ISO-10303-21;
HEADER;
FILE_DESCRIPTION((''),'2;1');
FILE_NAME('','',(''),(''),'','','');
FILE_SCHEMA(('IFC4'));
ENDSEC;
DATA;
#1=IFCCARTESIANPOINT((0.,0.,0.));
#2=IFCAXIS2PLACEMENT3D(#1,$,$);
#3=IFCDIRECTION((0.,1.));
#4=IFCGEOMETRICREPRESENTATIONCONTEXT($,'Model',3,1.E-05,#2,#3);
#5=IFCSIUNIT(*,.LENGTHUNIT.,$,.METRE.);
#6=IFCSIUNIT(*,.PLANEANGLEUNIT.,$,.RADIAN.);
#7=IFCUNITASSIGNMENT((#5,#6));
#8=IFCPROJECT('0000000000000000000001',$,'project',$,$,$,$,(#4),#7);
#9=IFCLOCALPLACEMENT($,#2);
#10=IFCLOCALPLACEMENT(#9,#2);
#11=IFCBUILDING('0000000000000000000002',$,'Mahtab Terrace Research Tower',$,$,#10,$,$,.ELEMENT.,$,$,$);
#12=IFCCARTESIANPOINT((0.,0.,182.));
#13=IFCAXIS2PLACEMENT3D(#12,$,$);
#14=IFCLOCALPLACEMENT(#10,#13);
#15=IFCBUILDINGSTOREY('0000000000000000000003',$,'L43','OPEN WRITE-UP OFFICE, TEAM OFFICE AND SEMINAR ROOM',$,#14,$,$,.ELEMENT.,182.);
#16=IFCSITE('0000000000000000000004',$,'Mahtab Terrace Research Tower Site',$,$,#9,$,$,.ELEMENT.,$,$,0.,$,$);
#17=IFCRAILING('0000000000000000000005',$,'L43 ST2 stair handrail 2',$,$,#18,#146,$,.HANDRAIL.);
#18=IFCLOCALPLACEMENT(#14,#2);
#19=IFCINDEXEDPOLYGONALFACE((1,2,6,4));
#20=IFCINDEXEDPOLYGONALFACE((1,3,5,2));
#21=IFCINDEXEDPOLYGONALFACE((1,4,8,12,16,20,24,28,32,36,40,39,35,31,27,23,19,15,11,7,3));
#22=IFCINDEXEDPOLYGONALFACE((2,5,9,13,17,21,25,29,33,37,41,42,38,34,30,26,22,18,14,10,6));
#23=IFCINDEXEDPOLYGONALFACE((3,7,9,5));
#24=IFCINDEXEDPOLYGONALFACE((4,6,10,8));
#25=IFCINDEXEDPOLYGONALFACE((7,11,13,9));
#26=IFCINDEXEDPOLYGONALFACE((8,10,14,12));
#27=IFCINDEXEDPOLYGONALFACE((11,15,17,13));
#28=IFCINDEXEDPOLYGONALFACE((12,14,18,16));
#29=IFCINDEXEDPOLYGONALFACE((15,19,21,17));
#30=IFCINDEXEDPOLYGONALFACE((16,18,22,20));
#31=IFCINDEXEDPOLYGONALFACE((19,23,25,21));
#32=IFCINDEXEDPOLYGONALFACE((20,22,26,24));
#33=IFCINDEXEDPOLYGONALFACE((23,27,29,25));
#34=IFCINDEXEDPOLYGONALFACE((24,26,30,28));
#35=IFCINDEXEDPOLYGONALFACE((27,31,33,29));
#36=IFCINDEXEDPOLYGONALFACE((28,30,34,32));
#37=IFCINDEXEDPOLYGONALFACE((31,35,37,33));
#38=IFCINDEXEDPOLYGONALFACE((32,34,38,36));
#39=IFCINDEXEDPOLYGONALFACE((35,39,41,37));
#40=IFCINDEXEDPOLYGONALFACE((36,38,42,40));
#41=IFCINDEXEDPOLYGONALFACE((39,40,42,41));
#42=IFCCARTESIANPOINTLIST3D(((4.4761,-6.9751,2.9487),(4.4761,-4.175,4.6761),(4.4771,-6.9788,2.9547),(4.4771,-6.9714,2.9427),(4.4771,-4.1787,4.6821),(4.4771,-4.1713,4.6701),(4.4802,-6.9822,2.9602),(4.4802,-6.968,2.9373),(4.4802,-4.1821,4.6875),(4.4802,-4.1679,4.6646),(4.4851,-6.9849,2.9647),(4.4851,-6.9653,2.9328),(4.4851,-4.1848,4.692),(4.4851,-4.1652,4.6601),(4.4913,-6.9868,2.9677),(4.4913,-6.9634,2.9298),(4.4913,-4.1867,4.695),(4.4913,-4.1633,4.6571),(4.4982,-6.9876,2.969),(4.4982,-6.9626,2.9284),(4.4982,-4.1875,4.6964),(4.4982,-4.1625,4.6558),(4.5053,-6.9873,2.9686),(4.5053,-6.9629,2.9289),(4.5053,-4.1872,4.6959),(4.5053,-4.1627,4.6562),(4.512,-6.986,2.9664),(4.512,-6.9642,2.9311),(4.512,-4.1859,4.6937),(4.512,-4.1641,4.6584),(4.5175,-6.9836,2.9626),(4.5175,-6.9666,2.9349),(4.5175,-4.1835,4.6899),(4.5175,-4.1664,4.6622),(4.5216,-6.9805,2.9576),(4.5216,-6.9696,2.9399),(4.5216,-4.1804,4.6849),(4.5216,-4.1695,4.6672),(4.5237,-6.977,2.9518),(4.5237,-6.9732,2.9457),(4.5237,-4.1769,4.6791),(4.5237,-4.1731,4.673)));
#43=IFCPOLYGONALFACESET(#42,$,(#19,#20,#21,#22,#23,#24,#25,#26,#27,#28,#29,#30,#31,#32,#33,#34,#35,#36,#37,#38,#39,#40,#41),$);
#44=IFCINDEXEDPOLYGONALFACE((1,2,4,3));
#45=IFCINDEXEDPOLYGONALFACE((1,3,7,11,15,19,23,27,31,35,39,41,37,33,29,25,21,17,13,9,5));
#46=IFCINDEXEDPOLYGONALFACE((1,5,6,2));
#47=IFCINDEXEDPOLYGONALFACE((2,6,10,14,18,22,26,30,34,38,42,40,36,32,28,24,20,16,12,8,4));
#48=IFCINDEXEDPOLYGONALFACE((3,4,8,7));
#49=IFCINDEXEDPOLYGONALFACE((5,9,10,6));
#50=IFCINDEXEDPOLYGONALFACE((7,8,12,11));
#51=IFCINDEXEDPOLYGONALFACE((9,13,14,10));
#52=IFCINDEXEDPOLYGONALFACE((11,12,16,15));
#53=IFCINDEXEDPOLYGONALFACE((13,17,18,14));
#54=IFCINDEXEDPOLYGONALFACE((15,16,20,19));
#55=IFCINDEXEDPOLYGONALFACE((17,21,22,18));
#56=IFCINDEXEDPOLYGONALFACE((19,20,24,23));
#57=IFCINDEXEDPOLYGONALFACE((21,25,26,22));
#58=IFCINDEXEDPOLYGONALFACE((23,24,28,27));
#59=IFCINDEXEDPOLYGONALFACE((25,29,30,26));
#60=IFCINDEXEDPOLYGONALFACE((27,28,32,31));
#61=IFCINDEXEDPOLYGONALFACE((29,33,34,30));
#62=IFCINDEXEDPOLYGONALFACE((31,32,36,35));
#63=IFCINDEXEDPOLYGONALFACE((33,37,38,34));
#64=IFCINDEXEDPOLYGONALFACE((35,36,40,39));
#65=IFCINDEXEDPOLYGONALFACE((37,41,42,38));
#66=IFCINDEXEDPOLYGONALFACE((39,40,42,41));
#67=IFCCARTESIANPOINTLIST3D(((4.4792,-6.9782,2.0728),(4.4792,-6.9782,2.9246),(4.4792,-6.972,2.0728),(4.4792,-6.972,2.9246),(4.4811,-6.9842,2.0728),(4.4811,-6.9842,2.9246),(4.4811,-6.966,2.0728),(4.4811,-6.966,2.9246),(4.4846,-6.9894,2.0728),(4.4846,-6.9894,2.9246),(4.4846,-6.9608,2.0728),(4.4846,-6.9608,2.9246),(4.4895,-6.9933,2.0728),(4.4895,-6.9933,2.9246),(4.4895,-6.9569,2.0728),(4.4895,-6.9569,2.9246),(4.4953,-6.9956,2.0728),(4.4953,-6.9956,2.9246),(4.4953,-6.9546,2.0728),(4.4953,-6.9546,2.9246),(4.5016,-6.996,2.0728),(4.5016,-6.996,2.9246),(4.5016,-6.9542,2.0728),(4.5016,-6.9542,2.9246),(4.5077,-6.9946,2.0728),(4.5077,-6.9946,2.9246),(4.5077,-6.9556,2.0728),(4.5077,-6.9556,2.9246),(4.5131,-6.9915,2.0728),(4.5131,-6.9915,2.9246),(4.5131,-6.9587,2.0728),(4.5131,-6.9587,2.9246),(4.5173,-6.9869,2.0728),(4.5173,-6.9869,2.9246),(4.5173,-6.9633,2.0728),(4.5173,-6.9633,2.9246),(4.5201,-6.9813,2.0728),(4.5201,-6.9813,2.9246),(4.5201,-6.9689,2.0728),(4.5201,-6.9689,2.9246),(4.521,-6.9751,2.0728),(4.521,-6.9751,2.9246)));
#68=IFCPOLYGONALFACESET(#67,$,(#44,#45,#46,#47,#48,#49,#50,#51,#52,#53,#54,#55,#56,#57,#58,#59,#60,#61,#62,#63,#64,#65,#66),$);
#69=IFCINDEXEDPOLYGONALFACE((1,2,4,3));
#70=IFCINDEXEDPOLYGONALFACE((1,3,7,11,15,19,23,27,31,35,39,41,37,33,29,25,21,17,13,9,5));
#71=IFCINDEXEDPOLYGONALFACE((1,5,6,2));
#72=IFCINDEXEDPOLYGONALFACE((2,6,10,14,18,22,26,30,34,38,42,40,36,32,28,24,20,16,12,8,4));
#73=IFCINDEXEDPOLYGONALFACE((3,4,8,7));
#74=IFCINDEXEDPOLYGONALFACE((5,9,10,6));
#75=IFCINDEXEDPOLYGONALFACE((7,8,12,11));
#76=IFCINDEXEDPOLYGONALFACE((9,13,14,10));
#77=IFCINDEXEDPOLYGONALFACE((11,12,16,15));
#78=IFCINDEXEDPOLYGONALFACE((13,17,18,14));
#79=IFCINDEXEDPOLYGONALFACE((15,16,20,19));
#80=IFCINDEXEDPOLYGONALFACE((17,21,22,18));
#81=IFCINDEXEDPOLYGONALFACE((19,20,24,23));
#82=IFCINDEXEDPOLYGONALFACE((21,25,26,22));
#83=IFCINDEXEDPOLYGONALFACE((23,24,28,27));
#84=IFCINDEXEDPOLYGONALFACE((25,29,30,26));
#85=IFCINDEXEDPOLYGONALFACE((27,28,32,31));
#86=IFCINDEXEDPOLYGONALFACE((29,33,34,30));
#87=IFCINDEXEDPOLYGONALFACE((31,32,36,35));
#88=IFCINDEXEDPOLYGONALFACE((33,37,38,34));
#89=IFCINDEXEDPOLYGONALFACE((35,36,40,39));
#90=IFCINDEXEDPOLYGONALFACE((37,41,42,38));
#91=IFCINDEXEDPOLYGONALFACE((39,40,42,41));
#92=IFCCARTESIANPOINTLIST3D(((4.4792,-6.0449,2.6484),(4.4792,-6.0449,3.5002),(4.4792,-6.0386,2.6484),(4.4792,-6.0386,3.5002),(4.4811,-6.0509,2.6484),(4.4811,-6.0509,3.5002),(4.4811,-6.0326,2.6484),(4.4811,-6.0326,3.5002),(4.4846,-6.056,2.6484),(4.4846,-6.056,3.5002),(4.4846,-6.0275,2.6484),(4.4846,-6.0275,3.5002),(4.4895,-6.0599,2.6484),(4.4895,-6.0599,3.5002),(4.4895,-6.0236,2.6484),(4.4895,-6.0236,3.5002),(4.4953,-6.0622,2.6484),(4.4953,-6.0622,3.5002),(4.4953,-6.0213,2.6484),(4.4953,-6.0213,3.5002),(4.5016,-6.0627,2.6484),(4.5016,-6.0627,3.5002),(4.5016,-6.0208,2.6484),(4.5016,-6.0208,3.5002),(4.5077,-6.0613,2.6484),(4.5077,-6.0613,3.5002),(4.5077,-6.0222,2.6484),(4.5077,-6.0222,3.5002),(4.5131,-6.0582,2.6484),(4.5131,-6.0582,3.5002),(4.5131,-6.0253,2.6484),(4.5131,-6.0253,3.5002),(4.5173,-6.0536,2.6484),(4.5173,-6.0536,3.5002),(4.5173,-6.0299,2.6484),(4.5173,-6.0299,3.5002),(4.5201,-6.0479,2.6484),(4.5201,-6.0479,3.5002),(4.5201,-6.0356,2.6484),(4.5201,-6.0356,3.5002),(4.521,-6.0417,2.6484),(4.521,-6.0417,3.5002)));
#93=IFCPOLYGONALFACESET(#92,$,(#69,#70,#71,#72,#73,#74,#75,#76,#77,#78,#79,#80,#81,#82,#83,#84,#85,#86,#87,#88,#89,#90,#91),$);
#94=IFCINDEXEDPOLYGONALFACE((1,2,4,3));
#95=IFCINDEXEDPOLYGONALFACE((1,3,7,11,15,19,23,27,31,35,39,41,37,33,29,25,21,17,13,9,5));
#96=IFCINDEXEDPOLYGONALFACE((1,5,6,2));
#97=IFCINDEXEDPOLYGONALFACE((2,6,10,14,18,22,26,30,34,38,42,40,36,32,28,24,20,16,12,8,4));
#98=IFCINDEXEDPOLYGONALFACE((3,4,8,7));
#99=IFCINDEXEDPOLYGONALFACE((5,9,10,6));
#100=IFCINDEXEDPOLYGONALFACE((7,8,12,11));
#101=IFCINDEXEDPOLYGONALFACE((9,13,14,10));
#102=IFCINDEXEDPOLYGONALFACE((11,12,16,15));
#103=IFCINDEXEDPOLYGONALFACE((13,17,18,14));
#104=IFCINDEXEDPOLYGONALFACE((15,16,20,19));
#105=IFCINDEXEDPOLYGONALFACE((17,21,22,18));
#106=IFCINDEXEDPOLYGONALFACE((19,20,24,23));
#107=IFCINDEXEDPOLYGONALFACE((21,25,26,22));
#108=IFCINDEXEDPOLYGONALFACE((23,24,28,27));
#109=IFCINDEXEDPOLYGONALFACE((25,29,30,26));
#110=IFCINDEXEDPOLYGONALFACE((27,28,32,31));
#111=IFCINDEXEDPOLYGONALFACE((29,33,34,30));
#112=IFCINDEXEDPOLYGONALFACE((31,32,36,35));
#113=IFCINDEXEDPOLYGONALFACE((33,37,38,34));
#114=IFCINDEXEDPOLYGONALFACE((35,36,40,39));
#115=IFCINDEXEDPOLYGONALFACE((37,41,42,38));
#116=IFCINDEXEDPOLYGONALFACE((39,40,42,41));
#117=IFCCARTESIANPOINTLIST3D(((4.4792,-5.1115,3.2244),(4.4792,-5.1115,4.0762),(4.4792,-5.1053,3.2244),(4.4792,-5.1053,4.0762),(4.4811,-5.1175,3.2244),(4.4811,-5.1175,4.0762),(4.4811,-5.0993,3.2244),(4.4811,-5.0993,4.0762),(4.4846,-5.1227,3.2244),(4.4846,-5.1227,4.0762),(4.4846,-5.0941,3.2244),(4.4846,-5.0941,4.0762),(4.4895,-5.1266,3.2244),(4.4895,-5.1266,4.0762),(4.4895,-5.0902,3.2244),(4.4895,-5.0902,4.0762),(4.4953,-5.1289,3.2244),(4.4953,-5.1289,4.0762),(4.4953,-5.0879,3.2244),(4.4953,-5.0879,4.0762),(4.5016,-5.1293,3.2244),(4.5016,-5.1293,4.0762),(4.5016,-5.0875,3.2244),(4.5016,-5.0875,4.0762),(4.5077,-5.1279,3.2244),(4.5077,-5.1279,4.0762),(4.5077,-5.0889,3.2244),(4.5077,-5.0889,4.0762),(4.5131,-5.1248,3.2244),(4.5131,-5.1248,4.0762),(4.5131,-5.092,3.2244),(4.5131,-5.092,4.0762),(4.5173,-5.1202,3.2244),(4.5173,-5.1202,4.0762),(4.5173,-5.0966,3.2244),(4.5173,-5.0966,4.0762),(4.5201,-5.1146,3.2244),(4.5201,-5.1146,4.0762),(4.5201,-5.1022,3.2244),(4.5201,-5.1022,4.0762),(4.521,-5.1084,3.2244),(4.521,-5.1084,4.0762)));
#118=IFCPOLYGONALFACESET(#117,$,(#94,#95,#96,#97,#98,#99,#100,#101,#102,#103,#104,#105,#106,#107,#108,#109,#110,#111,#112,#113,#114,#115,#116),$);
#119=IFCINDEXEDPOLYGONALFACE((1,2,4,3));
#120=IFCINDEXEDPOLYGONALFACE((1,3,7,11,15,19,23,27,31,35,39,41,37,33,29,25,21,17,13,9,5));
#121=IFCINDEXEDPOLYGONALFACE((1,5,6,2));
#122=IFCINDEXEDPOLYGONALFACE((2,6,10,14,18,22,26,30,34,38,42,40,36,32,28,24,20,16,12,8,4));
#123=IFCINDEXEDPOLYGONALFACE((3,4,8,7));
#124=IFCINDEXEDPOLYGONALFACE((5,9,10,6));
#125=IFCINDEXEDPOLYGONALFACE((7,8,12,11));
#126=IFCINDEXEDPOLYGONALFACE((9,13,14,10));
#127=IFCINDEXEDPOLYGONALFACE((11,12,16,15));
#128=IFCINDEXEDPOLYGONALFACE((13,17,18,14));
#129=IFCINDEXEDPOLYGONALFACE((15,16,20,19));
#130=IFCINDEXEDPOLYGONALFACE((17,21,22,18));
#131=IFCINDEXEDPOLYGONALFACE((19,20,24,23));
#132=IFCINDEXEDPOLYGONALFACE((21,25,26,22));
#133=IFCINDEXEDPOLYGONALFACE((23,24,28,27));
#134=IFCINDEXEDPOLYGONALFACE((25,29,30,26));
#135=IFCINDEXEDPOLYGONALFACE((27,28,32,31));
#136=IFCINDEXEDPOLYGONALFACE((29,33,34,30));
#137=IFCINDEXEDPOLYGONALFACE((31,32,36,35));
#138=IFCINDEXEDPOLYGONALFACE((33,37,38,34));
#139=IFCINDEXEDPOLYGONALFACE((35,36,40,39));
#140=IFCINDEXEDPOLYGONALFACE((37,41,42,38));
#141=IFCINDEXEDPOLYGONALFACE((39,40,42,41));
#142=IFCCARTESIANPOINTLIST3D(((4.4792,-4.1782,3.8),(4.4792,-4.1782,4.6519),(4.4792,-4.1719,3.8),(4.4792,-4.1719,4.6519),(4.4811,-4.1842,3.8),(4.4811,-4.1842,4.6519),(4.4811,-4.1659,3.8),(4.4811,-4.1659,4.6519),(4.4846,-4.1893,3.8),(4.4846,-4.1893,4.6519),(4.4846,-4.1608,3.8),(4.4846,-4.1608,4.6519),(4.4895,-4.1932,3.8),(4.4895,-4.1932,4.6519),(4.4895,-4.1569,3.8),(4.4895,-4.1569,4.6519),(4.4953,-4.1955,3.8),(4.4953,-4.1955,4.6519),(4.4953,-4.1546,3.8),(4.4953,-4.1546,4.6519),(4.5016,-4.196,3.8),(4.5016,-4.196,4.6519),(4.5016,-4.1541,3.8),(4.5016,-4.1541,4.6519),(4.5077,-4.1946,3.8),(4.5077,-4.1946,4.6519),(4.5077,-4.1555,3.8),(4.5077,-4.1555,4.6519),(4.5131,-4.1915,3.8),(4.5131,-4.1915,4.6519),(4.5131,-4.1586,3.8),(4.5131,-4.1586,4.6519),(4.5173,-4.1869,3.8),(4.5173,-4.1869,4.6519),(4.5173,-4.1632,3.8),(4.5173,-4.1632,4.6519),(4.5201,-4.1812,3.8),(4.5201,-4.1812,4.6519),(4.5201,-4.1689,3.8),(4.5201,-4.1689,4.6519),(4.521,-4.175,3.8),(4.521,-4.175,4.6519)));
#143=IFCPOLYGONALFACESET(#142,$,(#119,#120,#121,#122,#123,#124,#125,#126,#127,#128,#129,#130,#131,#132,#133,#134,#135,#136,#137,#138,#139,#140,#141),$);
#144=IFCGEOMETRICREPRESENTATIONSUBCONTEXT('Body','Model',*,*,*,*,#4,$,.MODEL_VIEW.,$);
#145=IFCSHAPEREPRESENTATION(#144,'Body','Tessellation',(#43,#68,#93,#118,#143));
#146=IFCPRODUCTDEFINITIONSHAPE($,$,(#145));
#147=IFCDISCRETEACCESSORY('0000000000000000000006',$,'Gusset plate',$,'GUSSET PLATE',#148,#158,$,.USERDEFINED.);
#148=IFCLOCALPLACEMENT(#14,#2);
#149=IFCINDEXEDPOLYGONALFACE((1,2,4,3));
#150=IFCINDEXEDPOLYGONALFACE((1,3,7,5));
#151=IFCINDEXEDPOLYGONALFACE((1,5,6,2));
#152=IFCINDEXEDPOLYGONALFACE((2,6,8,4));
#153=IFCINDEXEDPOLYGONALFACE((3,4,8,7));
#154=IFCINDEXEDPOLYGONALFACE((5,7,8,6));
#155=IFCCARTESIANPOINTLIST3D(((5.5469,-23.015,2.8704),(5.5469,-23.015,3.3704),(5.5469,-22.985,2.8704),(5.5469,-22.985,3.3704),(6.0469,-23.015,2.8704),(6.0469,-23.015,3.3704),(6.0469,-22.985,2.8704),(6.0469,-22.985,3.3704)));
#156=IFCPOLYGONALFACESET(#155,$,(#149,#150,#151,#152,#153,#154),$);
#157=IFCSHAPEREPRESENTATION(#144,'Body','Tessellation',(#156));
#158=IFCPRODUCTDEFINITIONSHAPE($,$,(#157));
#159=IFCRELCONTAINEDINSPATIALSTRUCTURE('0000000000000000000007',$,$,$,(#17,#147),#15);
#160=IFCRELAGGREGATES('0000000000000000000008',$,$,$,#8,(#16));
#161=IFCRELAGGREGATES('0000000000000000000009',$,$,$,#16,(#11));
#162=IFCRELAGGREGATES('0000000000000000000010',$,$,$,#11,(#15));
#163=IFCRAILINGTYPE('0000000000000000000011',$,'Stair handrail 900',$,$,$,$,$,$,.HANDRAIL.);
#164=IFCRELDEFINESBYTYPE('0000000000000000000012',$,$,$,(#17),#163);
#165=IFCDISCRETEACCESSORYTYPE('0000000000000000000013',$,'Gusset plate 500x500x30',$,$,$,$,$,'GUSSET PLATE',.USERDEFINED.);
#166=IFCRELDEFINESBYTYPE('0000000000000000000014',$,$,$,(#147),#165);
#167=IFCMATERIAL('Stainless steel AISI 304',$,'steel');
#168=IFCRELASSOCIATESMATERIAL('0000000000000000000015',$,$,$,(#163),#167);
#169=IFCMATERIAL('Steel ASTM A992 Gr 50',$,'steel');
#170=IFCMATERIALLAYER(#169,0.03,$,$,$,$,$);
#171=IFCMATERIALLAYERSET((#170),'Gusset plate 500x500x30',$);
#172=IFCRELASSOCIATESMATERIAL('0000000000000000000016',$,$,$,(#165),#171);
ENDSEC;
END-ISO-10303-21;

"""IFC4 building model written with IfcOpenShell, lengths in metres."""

from ifc_helpers import new_model, si_unit, direction, frame, origin, origin_2d, place, context, subcontext, project, spatial, rectangle, circle, extrude, material, layer, layer_set, type_object, element, save


model = new_model("IFC4")

# Units and contexts
model_context = context("Model", 3, precision=1e-05, world=origin(), true_north=direction((0.0, 1.0)))
body_context = subcontext(model_context, "Body", "Model", "MODEL_VIEW")
ifc_project = project(units=[si_unit("LENGTHUNIT", "METRE"), si_unit("PLANEANGLEUNIT", "RADIAN")], contexts=[model_context])

# Site, building, storey
site_placement = place(None, origin())
site = spatial("IfcSite", under=ifc_project, at=site_placement, Name="Mahtab Terrace Research Tower Site", CompositionType="ELEMENT", RefElevation=0.0)
building_placement = place(site_placement, origin())
building = spatial("IfcBuilding", under=site, at=building_placement, Name="Mahtab Terrace Research Tower", CompositionType="ELEMENT")
storey_placement = place(building_placement, frame((0.0, 0.0, 182.0)))
storey = spatial("IfcBuildingStorey", under=building, at=storey_placement, Name="L43", Description="OPEN WRITE-UP OFFICE, TEAM OFFICE AND SEMINAR ROOM", CompositionType="ELEMENT", Elevation=182.0)

# Shared definitions
ifc_material_1 = material(Name="Steel ASTM A992 Gr 50", Category="steel")

# Railing
ifc_material_2 = material(Name="Stainless steel AISI 304", Category="steel")
railing_type_1 = type_object("IfcRailingType", Name="Stair handrail 900", PredefinedType="HANDRAIL", material=ifc_material_2)
railing_1_placement = place(storey_placement, frame((4.5, -6.9751, 2.0728)))
element("IfcRailing", 1, at=railing_1_placement, inside=storey, type_object=railing_type_1, Name="L43 ST2 stair handrail 2", PredefinedType="HANDRAIL", context=body_context, shape_type="SweptSolid", body=[
    extrude(circle(Radius=0.0239, at=origin_2d()), frame((0.0, 0.0, 0.876), z_axis=(0.0, 0.85109, 0.52502), x_axis=(-1.0, 0.0, 0.0)), (0.0, 0.0, 1.0), 3.29),
    extrude(circle(Radius=0.021, at=origin_2d()), origin(), (0.0, 0.0, 1.0), 0.8518),
    extrude(circle(Radius=0.021, at=origin_2d()), frame((0.0, 0.9333, 0.5757)), (0.0, 0.0, 1.0), 0.8518),
    extrude(circle(Radius=0.021, at=origin_2d()), frame((0.0, 1.8667, 1.1516)), (0.0, 0.0, 1.0), 0.8518),
    extrude(circle(Radius=0.021, at=origin_2d()), frame((0.0, 2.8, 1.7273)), (0.0, 0.0, 1.0), 0.8518),
])

# Discrete accessory
ifc_layer_1 = layer(ifc_material_1, 0.03)
ifc_layer_set_1 = layer_set([ifc_layer_1], Name="Gusset plate 500x500x30")
discrete_accessory_type = type_object("IfcDiscreteAccessoryType", Name="Gusset plate 500x500x30", ElementType="GUSSET PLATE", PredefinedType="USERDEFINED", material=ifc_layer_set_1)
discrete_accessory_placement = place(storey_placement, frame((5.7969, -23.0, 2.8704), z_axis=(0.0, 0.0, 1.0), x_axis=(1.0, 0.0, 0.0)))
element("IfcDiscreteAccessory", 2, at=discrete_accessory_placement, inside=storey, type_object=discrete_accessory_type, Name="Gusset plate", ObjectType="GUSSET PLATE", PredefinedType="USERDEFINED", context=body_context, shape_type="SweptSolid", body=[
    extrude(rectangle(XDim=0.5, YDim=0.03, at=origin_2d()), origin(), (0.0, 0.0, 1.0), 0.5),
])

save(model, "model.ifc")
